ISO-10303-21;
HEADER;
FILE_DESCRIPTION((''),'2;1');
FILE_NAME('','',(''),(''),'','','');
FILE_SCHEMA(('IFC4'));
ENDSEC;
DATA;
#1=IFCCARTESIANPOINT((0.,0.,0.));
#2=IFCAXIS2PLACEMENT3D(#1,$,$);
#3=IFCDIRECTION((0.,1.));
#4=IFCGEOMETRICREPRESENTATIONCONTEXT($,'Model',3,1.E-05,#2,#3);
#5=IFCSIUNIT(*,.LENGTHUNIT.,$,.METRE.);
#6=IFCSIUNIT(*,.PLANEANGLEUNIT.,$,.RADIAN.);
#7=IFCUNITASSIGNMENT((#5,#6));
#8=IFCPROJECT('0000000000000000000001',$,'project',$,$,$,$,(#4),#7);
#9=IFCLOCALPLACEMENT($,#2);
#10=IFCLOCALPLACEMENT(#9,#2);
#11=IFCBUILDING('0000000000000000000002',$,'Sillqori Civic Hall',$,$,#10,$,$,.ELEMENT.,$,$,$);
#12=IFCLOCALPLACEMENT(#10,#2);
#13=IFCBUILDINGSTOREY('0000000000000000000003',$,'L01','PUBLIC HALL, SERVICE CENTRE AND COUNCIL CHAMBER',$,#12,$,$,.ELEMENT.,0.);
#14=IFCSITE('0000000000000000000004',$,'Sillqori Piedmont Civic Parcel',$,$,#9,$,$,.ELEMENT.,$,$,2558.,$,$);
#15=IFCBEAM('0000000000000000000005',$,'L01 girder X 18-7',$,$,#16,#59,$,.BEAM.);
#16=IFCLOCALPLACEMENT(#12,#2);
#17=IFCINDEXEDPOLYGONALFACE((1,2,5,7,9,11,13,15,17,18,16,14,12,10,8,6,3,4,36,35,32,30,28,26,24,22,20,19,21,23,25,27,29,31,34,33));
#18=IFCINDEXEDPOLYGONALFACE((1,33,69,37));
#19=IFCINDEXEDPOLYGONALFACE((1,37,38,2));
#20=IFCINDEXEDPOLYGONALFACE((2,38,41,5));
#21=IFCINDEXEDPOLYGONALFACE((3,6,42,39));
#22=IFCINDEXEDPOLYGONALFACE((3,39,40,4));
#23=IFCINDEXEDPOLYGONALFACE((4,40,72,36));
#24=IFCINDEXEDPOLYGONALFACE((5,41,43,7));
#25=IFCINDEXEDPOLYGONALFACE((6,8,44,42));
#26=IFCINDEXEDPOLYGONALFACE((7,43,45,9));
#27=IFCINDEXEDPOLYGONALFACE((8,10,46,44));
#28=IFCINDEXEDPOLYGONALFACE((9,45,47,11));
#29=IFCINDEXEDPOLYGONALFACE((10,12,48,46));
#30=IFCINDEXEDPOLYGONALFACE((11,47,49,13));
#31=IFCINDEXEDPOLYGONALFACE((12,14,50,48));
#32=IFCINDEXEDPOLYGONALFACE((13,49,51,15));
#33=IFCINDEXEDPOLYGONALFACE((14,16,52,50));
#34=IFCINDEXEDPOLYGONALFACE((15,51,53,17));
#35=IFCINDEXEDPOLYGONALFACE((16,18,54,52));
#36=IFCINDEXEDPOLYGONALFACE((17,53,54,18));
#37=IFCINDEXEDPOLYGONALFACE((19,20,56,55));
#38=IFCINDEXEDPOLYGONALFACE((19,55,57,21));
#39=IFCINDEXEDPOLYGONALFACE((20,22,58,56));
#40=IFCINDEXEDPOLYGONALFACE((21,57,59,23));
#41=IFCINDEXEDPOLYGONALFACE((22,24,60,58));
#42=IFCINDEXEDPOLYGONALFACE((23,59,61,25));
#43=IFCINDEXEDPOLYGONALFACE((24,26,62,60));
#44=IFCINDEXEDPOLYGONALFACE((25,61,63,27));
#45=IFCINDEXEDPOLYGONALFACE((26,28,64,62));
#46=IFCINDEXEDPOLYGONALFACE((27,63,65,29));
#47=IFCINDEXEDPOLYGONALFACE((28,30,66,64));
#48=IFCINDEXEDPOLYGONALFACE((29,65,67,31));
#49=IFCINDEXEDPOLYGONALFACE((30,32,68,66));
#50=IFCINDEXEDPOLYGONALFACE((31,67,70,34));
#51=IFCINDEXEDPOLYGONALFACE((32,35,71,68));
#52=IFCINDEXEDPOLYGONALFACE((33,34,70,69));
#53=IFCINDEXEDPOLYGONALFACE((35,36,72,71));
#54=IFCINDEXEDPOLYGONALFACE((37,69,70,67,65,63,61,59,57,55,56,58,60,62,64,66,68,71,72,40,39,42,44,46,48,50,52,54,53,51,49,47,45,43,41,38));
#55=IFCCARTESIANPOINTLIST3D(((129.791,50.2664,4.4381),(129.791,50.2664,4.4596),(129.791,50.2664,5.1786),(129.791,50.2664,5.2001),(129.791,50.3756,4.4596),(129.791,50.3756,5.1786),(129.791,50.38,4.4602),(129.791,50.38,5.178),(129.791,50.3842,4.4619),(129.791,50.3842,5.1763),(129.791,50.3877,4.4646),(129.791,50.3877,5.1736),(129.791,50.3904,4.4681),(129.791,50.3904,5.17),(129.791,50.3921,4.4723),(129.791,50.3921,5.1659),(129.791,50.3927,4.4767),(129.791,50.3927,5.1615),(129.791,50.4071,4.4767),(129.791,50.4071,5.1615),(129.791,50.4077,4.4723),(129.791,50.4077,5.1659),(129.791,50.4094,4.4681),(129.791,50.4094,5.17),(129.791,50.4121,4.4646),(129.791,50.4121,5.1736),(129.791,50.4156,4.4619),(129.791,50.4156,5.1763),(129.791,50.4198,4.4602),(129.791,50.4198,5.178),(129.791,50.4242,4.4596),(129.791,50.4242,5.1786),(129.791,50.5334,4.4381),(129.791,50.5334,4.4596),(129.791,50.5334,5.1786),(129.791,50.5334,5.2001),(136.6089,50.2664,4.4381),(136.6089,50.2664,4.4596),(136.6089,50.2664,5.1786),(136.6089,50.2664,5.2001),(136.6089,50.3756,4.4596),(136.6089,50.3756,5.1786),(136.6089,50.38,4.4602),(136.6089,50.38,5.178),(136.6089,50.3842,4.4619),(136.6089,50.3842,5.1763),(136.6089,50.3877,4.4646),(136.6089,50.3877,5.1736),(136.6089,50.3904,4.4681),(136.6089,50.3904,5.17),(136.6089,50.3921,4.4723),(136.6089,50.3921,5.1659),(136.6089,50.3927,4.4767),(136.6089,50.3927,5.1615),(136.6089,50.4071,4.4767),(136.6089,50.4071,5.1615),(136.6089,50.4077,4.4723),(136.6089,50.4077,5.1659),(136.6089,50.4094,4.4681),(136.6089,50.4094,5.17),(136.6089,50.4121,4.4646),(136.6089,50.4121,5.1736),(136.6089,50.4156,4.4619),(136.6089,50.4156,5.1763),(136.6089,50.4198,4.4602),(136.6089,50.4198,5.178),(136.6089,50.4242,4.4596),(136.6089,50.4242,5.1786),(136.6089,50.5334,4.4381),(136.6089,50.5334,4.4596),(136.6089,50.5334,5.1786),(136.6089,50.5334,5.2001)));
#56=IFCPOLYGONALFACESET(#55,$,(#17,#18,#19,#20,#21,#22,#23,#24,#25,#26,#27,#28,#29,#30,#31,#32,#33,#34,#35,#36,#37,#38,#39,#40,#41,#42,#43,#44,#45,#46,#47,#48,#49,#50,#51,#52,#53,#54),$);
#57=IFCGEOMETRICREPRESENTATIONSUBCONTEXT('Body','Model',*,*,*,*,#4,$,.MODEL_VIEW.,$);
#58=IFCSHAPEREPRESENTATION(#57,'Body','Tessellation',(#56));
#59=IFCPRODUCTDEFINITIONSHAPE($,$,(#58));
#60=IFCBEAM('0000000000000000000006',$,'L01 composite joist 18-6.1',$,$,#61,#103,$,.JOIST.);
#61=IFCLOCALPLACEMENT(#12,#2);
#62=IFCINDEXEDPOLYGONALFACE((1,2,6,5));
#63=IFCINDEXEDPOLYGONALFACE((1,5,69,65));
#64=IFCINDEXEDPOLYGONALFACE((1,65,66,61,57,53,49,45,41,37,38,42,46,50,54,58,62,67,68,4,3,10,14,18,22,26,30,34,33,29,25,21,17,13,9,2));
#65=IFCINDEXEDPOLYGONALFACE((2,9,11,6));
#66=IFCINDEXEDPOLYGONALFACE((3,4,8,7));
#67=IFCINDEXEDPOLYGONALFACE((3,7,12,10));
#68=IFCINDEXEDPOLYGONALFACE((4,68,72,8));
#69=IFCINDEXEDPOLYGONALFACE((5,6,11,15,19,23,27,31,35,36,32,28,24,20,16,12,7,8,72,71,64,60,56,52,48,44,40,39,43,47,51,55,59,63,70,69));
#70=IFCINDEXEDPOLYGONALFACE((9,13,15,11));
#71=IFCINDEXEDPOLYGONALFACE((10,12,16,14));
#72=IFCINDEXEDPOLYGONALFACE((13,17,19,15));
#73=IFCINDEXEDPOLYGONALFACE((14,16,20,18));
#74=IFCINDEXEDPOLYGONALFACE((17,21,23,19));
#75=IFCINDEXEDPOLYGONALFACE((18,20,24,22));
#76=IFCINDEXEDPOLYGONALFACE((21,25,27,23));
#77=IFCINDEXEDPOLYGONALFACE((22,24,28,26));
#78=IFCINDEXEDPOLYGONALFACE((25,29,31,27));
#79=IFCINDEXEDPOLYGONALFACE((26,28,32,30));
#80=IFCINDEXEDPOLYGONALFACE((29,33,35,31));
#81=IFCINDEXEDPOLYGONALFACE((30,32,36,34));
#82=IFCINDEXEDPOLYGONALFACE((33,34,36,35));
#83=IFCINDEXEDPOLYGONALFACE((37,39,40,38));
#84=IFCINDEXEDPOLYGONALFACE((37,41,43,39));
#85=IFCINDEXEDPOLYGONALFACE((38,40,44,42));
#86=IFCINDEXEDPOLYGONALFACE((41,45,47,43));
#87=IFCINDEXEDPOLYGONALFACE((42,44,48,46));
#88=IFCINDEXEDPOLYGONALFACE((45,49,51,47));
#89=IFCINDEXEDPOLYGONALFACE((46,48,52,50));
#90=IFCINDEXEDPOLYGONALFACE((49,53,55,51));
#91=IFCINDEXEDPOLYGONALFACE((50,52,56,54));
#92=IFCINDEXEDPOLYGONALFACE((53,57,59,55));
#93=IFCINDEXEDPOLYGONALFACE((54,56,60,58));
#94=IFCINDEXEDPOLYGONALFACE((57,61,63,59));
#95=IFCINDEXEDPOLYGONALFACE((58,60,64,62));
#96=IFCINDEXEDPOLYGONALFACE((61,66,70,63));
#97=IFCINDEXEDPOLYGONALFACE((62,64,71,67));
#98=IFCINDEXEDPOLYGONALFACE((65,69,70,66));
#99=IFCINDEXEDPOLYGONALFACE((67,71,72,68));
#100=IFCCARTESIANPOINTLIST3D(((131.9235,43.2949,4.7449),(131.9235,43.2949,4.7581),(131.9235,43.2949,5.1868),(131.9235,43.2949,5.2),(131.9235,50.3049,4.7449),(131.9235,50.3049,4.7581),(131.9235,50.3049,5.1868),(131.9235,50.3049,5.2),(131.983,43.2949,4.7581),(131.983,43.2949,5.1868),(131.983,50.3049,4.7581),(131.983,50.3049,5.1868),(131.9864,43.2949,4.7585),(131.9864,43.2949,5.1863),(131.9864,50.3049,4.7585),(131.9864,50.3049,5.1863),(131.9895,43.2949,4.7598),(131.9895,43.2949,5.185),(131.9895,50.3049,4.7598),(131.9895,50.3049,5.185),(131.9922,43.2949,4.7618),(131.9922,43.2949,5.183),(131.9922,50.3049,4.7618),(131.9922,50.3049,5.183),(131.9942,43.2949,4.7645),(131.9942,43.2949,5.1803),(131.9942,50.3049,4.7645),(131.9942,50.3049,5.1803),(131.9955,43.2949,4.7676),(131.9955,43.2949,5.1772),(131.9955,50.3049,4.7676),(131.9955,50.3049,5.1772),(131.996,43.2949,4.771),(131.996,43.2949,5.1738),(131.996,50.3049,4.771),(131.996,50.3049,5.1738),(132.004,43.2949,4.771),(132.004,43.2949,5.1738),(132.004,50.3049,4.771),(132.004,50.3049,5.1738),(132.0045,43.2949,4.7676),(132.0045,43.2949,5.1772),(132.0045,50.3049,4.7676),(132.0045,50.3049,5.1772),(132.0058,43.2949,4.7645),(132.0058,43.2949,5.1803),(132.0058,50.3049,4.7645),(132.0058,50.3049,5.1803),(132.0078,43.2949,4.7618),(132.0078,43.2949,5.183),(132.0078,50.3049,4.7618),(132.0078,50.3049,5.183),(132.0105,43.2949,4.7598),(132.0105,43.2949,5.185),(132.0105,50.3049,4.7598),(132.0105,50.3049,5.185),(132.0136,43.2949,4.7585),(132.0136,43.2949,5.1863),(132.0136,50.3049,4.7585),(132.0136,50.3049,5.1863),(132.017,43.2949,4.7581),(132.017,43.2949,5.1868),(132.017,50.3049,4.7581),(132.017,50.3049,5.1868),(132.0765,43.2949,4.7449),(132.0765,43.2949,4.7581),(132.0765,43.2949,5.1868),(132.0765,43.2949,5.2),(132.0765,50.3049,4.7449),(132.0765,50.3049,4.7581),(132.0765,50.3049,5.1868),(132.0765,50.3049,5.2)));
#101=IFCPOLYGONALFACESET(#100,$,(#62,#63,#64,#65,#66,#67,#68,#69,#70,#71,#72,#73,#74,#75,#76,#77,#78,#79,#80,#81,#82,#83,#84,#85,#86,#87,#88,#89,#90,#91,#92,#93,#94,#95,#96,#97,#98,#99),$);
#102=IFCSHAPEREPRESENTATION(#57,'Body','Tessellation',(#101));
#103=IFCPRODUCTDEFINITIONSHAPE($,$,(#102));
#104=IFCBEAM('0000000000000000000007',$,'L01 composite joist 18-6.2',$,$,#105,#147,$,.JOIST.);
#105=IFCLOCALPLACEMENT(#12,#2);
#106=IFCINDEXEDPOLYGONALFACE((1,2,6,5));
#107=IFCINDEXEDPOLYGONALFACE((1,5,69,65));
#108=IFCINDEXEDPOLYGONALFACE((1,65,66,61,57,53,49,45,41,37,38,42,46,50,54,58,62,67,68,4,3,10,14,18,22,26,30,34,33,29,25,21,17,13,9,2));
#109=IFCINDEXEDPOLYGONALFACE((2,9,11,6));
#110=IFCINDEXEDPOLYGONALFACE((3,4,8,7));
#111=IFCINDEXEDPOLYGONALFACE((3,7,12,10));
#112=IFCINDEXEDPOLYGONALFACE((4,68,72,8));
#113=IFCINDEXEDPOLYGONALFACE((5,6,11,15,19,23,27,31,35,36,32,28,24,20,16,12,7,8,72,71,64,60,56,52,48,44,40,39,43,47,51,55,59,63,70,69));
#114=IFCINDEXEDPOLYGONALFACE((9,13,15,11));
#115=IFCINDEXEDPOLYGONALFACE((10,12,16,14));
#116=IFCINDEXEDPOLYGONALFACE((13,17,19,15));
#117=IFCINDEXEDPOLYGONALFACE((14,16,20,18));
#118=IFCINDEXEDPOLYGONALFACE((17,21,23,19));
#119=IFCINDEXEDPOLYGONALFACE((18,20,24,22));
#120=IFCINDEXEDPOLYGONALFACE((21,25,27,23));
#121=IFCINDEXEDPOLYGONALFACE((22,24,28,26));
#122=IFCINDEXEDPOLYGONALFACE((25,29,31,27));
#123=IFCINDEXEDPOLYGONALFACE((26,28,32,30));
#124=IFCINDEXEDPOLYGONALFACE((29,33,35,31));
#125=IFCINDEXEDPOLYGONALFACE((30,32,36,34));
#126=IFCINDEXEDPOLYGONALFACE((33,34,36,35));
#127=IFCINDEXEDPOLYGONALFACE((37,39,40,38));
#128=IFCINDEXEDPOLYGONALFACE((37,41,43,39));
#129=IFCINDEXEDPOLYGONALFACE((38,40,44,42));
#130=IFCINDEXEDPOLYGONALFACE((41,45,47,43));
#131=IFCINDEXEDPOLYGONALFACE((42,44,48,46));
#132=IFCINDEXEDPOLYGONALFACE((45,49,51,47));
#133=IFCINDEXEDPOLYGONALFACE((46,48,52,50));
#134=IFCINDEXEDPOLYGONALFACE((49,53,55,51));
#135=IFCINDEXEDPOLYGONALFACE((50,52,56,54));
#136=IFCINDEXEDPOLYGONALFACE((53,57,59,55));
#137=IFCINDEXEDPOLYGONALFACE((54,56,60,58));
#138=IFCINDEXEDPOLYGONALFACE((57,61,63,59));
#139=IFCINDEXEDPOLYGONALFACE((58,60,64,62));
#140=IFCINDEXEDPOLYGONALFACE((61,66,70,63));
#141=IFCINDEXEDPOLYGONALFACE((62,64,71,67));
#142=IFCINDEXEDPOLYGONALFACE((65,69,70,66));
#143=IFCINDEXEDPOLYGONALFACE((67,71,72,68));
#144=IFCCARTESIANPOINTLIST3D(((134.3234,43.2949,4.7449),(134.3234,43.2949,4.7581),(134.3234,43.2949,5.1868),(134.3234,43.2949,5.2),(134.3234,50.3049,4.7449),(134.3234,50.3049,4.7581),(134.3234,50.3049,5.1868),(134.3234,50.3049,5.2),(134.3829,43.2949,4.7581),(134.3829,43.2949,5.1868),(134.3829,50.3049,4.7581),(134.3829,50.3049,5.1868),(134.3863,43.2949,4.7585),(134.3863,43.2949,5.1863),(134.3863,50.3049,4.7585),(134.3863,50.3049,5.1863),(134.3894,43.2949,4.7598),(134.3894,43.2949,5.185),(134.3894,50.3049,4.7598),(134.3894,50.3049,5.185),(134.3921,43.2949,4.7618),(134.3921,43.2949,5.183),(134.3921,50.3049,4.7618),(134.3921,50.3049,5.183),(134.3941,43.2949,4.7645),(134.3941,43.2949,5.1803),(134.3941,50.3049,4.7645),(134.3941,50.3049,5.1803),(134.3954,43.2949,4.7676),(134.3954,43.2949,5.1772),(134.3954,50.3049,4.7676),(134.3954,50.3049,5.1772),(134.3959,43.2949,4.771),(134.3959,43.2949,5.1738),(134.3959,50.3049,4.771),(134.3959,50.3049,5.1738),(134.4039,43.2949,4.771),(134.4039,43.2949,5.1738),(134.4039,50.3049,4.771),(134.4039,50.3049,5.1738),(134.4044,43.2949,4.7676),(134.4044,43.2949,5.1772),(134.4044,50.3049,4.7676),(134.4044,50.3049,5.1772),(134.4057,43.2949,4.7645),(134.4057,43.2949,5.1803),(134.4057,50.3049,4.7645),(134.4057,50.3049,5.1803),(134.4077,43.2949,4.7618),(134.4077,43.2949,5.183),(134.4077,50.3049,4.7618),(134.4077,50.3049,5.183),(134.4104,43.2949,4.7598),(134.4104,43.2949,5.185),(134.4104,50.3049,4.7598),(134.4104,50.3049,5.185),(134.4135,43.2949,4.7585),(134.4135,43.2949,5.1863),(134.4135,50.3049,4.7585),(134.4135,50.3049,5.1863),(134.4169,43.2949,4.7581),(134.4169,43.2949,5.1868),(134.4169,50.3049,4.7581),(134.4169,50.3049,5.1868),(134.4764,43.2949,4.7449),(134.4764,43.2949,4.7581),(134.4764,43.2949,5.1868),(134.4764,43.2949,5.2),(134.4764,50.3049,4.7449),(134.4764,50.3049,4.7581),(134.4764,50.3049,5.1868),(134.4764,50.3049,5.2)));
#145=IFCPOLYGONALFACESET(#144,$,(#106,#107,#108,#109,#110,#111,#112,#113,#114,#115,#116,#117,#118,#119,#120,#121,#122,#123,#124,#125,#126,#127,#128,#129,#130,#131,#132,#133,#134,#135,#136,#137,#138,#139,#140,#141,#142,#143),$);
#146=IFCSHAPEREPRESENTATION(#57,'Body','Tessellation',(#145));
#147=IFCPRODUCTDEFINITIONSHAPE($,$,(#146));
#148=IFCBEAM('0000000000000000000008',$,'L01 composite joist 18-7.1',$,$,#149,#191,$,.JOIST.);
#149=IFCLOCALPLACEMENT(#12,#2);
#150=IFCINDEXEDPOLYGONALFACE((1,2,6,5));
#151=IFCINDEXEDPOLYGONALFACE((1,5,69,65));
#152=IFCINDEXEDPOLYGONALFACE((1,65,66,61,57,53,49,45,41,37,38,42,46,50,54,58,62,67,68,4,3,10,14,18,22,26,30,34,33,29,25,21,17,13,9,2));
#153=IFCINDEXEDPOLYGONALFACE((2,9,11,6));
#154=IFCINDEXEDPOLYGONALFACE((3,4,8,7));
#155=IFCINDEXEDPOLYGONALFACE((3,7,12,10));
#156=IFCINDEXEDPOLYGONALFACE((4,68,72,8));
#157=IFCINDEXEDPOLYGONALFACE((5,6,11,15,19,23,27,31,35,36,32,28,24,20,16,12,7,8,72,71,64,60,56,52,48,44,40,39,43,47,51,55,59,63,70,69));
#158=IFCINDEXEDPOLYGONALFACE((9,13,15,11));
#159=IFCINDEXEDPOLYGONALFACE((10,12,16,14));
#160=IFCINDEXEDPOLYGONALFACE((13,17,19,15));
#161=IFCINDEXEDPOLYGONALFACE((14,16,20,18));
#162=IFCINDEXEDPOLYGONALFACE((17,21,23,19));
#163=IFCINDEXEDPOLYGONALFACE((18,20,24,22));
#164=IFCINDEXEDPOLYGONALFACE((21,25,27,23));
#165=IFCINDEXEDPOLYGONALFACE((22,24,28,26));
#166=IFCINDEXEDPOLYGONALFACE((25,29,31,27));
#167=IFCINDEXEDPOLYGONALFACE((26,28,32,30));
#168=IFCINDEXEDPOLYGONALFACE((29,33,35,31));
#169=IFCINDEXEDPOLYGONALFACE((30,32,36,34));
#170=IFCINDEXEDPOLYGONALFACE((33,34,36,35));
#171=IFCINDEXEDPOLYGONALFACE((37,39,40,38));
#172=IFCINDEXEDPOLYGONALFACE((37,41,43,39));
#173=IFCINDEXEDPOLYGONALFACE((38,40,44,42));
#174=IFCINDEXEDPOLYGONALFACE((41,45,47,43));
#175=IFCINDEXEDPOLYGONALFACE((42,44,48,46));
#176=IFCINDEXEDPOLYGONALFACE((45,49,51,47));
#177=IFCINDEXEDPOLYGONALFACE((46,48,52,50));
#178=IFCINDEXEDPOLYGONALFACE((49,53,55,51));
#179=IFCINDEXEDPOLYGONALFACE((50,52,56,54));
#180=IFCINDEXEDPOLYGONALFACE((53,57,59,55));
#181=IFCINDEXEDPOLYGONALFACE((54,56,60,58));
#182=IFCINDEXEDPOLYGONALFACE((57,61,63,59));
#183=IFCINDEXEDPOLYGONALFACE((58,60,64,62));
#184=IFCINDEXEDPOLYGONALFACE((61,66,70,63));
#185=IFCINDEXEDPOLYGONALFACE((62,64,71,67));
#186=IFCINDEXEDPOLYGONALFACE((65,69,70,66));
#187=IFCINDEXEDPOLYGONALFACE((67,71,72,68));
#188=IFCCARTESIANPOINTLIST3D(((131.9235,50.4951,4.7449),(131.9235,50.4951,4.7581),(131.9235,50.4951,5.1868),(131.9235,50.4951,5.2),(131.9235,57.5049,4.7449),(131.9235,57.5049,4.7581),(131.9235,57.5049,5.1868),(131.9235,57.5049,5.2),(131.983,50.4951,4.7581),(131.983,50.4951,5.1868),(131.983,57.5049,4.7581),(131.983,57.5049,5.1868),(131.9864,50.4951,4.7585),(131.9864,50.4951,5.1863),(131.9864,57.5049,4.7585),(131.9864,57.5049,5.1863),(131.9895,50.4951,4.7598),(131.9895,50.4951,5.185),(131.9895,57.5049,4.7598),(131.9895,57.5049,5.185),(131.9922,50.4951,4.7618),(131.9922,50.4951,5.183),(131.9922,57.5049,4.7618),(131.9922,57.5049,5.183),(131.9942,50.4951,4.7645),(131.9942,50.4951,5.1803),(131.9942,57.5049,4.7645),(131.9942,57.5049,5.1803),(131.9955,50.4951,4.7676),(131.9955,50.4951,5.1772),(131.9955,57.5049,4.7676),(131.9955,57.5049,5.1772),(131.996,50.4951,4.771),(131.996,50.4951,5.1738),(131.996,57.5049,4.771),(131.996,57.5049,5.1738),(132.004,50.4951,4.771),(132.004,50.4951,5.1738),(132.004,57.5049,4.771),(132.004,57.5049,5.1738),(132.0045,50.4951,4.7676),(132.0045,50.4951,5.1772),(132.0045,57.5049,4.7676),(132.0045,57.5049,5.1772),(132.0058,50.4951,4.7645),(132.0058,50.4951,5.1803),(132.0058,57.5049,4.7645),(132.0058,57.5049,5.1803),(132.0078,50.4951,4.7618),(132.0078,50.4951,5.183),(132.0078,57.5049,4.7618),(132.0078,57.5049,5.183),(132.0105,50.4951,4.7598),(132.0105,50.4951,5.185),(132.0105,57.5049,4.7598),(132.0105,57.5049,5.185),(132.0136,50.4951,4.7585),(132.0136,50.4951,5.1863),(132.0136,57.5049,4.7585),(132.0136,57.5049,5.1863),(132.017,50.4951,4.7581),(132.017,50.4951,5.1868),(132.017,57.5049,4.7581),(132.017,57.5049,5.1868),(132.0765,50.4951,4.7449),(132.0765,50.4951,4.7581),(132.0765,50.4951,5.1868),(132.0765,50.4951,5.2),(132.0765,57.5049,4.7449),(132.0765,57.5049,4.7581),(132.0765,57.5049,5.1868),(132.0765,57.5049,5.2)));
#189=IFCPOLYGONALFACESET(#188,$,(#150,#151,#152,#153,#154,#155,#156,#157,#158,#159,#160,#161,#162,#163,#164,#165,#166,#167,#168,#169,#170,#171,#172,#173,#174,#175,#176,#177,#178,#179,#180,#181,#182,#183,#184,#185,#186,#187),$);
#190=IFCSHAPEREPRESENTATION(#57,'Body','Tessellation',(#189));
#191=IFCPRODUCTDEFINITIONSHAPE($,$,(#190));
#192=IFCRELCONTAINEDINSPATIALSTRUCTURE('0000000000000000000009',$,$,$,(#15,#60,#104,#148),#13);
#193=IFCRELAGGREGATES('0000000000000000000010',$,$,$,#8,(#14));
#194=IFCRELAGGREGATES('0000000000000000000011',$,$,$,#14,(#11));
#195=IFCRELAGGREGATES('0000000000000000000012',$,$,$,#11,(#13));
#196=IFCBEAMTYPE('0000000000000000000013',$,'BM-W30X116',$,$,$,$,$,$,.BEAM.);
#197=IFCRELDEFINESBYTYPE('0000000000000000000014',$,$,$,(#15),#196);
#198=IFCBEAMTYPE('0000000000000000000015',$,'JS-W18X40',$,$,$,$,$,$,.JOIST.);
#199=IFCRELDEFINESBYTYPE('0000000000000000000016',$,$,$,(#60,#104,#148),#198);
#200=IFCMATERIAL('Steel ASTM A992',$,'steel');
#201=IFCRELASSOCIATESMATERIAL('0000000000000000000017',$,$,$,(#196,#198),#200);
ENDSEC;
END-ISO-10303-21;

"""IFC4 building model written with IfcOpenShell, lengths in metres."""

from ifc_helpers import new_model, si_unit, direction, frame, origin, origin_2d, place, context, subcontext, project, spatial, i_section, extrude, material, material_profile, profile_set, type_object, element, save


model = new_model("IFC4")

# Units and contexts
model_context = context("Model", 3, precision=1e-05, world=origin(), true_north=direction((0.0, 1.0)))
body_context = subcontext(model_context, "Body", "Model", "MODEL_VIEW")
ifc_project = project(units=[si_unit("LENGTHUNIT", "METRE"), si_unit("PLANEANGLEUNIT", "RADIAN")], contexts=[model_context])

# Site, building, storey
site_placement = place(None, origin())
site = spatial("IfcSite", under=ifc_project, at=site_placement, Name="Sillqori Piedmont Civic Parcel", CompositionType="ELEMENT", RefElevation=2558.0)
building_placement = place(site_placement, origin())
building = spatial("IfcBuilding", under=site, at=building_placement, Name="Sillqori Civic Hall", CompositionType="ELEMENT")
storey_placement = place(building_placement, origin())
storey = spatial("IfcBuildingStorey", under=building, at=storey_placement, Name="L01", Description="PUBLIC HALL, SERVICE CENTRE AND COUNCIL CHAMBER", CompositionType="ELEMENT", Elevation=0.0)

# Shared definitions
ifc_material_1 = material(Name="Steel ASTM A992", Category="steel")

# Beams
ifc_material_profile_1 = material_profile(ifc_material_1, i_section(OverallWidth=0.2671, OverallDepth=0.762, WebThickness=0.0144, FlangeThickness=0.0215, FilletRadius=0.0171, at=origin_2d()), Name="W30X116")
ifc_profile_set_1 = profile_set([ifc_material_profile_1], Name="Steel ASTM A992")
beam_type_1 = type_object("IfcBeamType", Name="BM-W30X116", PredefinedType="BEAM", material=ifc_profile_set_1)
beam_1_placement = place(storey_placement, frame((129.791, 50.3999, 4.8191), z_axis=(1.0, 0.0, 0.0), x_axis=(0.0, 1.0, 0.0)))
element("IfcBeam", 1, at=beam_1_placement, inside=storey, type_object=beam_type_1, Name="L01 girder X 18-7", PredefinedType="BEAM", context=body_context, shape_type="SweptSolid", body=[
    extrude(i_section(OverallWidth=0.2671, OverallDepth=0.762, WebThickness=0.0144, FlangeThickness=0.0215, FilletRadius=0.0171, at=origin_2d()), origin(), (0.0, 0.0, 1.0), 6.8179),
])
ifc_material_profile_2 = material_profile(ifc_material_1, i_section(OverallWidth=0.1531, OverallDepth=0.4551, WebThickness=0.0081, FlangeThickness=0.0132, FilletRadius=0.0129, at=origin_2d()), Name="W18X40")
ifc_profile_set_2 = profile_set([ifc_material_profile_2], Name="Steel ASTM A992")
beam_type_2 = type_object("IfcBeamType", Name="JS-W18X40", PredefinedType="JOIST", material=ifc_profile_set_2)
for number, where, z_axis, x_axis, name in (
    (2, (132.0, 43.2949, 4.9724), (0.0, 1.0, 0.0), (-1.0, 0.0, 0.0), "L01 composite joist 18-6.1"),
    (3, (134.3999, 43.2949, 4.9724), (0.0, 1.0, 0.0), (-1.0, 0.0, 0.0), "L01 composite joist 18-6.2"),
):
    element("IfcBeam", number, at=place(storey_placement, frame(where, z_axis=z_axis, x_axis=x_axis)), inside=storey, type_object=beam_type_2, Name=name, PredefinedType="JOIST", context=body_context, shape_type="SweptSolid", body=[
        extrude(i_section(OverallWidth=0.1531, OverallDepth=0.4551, WebThickness=0.0081, FlangeThickness=0.0132, FilletRadius=0.0129, at=origin_2d()), origin(), (0.0, 0.0, 1.0), 7.01),
    ])
for number, where, z_axis, x_axis, name in (
    (4, (132.0, 50.4951, 4.9724), (0.0, 1.0, 0.0), (-1.0, 0.0, 0.0), "L01 composite joist 18-7.1"),
):
    element("IfcBeam", number, at=place(storey_placement, frame(where, z_axis=z_axis, x_axis=x_axis)), inside=storey, type_object=beam_type_2, Name=name, PredefinedType="JOIST", context=body_context, shape_type="SweptSolid", body=[
        extrude(i_section(OverallWidth=0.1531, OverallDepth=0.4551, WebThickness=0.0081, FlangeThickness=0.0132, FilletRadius=0.0129, at=origin_2d()), origin(), (0.0, 0.0, 1.0), 7.0098),
    ])

save(model, "model.ifc")
